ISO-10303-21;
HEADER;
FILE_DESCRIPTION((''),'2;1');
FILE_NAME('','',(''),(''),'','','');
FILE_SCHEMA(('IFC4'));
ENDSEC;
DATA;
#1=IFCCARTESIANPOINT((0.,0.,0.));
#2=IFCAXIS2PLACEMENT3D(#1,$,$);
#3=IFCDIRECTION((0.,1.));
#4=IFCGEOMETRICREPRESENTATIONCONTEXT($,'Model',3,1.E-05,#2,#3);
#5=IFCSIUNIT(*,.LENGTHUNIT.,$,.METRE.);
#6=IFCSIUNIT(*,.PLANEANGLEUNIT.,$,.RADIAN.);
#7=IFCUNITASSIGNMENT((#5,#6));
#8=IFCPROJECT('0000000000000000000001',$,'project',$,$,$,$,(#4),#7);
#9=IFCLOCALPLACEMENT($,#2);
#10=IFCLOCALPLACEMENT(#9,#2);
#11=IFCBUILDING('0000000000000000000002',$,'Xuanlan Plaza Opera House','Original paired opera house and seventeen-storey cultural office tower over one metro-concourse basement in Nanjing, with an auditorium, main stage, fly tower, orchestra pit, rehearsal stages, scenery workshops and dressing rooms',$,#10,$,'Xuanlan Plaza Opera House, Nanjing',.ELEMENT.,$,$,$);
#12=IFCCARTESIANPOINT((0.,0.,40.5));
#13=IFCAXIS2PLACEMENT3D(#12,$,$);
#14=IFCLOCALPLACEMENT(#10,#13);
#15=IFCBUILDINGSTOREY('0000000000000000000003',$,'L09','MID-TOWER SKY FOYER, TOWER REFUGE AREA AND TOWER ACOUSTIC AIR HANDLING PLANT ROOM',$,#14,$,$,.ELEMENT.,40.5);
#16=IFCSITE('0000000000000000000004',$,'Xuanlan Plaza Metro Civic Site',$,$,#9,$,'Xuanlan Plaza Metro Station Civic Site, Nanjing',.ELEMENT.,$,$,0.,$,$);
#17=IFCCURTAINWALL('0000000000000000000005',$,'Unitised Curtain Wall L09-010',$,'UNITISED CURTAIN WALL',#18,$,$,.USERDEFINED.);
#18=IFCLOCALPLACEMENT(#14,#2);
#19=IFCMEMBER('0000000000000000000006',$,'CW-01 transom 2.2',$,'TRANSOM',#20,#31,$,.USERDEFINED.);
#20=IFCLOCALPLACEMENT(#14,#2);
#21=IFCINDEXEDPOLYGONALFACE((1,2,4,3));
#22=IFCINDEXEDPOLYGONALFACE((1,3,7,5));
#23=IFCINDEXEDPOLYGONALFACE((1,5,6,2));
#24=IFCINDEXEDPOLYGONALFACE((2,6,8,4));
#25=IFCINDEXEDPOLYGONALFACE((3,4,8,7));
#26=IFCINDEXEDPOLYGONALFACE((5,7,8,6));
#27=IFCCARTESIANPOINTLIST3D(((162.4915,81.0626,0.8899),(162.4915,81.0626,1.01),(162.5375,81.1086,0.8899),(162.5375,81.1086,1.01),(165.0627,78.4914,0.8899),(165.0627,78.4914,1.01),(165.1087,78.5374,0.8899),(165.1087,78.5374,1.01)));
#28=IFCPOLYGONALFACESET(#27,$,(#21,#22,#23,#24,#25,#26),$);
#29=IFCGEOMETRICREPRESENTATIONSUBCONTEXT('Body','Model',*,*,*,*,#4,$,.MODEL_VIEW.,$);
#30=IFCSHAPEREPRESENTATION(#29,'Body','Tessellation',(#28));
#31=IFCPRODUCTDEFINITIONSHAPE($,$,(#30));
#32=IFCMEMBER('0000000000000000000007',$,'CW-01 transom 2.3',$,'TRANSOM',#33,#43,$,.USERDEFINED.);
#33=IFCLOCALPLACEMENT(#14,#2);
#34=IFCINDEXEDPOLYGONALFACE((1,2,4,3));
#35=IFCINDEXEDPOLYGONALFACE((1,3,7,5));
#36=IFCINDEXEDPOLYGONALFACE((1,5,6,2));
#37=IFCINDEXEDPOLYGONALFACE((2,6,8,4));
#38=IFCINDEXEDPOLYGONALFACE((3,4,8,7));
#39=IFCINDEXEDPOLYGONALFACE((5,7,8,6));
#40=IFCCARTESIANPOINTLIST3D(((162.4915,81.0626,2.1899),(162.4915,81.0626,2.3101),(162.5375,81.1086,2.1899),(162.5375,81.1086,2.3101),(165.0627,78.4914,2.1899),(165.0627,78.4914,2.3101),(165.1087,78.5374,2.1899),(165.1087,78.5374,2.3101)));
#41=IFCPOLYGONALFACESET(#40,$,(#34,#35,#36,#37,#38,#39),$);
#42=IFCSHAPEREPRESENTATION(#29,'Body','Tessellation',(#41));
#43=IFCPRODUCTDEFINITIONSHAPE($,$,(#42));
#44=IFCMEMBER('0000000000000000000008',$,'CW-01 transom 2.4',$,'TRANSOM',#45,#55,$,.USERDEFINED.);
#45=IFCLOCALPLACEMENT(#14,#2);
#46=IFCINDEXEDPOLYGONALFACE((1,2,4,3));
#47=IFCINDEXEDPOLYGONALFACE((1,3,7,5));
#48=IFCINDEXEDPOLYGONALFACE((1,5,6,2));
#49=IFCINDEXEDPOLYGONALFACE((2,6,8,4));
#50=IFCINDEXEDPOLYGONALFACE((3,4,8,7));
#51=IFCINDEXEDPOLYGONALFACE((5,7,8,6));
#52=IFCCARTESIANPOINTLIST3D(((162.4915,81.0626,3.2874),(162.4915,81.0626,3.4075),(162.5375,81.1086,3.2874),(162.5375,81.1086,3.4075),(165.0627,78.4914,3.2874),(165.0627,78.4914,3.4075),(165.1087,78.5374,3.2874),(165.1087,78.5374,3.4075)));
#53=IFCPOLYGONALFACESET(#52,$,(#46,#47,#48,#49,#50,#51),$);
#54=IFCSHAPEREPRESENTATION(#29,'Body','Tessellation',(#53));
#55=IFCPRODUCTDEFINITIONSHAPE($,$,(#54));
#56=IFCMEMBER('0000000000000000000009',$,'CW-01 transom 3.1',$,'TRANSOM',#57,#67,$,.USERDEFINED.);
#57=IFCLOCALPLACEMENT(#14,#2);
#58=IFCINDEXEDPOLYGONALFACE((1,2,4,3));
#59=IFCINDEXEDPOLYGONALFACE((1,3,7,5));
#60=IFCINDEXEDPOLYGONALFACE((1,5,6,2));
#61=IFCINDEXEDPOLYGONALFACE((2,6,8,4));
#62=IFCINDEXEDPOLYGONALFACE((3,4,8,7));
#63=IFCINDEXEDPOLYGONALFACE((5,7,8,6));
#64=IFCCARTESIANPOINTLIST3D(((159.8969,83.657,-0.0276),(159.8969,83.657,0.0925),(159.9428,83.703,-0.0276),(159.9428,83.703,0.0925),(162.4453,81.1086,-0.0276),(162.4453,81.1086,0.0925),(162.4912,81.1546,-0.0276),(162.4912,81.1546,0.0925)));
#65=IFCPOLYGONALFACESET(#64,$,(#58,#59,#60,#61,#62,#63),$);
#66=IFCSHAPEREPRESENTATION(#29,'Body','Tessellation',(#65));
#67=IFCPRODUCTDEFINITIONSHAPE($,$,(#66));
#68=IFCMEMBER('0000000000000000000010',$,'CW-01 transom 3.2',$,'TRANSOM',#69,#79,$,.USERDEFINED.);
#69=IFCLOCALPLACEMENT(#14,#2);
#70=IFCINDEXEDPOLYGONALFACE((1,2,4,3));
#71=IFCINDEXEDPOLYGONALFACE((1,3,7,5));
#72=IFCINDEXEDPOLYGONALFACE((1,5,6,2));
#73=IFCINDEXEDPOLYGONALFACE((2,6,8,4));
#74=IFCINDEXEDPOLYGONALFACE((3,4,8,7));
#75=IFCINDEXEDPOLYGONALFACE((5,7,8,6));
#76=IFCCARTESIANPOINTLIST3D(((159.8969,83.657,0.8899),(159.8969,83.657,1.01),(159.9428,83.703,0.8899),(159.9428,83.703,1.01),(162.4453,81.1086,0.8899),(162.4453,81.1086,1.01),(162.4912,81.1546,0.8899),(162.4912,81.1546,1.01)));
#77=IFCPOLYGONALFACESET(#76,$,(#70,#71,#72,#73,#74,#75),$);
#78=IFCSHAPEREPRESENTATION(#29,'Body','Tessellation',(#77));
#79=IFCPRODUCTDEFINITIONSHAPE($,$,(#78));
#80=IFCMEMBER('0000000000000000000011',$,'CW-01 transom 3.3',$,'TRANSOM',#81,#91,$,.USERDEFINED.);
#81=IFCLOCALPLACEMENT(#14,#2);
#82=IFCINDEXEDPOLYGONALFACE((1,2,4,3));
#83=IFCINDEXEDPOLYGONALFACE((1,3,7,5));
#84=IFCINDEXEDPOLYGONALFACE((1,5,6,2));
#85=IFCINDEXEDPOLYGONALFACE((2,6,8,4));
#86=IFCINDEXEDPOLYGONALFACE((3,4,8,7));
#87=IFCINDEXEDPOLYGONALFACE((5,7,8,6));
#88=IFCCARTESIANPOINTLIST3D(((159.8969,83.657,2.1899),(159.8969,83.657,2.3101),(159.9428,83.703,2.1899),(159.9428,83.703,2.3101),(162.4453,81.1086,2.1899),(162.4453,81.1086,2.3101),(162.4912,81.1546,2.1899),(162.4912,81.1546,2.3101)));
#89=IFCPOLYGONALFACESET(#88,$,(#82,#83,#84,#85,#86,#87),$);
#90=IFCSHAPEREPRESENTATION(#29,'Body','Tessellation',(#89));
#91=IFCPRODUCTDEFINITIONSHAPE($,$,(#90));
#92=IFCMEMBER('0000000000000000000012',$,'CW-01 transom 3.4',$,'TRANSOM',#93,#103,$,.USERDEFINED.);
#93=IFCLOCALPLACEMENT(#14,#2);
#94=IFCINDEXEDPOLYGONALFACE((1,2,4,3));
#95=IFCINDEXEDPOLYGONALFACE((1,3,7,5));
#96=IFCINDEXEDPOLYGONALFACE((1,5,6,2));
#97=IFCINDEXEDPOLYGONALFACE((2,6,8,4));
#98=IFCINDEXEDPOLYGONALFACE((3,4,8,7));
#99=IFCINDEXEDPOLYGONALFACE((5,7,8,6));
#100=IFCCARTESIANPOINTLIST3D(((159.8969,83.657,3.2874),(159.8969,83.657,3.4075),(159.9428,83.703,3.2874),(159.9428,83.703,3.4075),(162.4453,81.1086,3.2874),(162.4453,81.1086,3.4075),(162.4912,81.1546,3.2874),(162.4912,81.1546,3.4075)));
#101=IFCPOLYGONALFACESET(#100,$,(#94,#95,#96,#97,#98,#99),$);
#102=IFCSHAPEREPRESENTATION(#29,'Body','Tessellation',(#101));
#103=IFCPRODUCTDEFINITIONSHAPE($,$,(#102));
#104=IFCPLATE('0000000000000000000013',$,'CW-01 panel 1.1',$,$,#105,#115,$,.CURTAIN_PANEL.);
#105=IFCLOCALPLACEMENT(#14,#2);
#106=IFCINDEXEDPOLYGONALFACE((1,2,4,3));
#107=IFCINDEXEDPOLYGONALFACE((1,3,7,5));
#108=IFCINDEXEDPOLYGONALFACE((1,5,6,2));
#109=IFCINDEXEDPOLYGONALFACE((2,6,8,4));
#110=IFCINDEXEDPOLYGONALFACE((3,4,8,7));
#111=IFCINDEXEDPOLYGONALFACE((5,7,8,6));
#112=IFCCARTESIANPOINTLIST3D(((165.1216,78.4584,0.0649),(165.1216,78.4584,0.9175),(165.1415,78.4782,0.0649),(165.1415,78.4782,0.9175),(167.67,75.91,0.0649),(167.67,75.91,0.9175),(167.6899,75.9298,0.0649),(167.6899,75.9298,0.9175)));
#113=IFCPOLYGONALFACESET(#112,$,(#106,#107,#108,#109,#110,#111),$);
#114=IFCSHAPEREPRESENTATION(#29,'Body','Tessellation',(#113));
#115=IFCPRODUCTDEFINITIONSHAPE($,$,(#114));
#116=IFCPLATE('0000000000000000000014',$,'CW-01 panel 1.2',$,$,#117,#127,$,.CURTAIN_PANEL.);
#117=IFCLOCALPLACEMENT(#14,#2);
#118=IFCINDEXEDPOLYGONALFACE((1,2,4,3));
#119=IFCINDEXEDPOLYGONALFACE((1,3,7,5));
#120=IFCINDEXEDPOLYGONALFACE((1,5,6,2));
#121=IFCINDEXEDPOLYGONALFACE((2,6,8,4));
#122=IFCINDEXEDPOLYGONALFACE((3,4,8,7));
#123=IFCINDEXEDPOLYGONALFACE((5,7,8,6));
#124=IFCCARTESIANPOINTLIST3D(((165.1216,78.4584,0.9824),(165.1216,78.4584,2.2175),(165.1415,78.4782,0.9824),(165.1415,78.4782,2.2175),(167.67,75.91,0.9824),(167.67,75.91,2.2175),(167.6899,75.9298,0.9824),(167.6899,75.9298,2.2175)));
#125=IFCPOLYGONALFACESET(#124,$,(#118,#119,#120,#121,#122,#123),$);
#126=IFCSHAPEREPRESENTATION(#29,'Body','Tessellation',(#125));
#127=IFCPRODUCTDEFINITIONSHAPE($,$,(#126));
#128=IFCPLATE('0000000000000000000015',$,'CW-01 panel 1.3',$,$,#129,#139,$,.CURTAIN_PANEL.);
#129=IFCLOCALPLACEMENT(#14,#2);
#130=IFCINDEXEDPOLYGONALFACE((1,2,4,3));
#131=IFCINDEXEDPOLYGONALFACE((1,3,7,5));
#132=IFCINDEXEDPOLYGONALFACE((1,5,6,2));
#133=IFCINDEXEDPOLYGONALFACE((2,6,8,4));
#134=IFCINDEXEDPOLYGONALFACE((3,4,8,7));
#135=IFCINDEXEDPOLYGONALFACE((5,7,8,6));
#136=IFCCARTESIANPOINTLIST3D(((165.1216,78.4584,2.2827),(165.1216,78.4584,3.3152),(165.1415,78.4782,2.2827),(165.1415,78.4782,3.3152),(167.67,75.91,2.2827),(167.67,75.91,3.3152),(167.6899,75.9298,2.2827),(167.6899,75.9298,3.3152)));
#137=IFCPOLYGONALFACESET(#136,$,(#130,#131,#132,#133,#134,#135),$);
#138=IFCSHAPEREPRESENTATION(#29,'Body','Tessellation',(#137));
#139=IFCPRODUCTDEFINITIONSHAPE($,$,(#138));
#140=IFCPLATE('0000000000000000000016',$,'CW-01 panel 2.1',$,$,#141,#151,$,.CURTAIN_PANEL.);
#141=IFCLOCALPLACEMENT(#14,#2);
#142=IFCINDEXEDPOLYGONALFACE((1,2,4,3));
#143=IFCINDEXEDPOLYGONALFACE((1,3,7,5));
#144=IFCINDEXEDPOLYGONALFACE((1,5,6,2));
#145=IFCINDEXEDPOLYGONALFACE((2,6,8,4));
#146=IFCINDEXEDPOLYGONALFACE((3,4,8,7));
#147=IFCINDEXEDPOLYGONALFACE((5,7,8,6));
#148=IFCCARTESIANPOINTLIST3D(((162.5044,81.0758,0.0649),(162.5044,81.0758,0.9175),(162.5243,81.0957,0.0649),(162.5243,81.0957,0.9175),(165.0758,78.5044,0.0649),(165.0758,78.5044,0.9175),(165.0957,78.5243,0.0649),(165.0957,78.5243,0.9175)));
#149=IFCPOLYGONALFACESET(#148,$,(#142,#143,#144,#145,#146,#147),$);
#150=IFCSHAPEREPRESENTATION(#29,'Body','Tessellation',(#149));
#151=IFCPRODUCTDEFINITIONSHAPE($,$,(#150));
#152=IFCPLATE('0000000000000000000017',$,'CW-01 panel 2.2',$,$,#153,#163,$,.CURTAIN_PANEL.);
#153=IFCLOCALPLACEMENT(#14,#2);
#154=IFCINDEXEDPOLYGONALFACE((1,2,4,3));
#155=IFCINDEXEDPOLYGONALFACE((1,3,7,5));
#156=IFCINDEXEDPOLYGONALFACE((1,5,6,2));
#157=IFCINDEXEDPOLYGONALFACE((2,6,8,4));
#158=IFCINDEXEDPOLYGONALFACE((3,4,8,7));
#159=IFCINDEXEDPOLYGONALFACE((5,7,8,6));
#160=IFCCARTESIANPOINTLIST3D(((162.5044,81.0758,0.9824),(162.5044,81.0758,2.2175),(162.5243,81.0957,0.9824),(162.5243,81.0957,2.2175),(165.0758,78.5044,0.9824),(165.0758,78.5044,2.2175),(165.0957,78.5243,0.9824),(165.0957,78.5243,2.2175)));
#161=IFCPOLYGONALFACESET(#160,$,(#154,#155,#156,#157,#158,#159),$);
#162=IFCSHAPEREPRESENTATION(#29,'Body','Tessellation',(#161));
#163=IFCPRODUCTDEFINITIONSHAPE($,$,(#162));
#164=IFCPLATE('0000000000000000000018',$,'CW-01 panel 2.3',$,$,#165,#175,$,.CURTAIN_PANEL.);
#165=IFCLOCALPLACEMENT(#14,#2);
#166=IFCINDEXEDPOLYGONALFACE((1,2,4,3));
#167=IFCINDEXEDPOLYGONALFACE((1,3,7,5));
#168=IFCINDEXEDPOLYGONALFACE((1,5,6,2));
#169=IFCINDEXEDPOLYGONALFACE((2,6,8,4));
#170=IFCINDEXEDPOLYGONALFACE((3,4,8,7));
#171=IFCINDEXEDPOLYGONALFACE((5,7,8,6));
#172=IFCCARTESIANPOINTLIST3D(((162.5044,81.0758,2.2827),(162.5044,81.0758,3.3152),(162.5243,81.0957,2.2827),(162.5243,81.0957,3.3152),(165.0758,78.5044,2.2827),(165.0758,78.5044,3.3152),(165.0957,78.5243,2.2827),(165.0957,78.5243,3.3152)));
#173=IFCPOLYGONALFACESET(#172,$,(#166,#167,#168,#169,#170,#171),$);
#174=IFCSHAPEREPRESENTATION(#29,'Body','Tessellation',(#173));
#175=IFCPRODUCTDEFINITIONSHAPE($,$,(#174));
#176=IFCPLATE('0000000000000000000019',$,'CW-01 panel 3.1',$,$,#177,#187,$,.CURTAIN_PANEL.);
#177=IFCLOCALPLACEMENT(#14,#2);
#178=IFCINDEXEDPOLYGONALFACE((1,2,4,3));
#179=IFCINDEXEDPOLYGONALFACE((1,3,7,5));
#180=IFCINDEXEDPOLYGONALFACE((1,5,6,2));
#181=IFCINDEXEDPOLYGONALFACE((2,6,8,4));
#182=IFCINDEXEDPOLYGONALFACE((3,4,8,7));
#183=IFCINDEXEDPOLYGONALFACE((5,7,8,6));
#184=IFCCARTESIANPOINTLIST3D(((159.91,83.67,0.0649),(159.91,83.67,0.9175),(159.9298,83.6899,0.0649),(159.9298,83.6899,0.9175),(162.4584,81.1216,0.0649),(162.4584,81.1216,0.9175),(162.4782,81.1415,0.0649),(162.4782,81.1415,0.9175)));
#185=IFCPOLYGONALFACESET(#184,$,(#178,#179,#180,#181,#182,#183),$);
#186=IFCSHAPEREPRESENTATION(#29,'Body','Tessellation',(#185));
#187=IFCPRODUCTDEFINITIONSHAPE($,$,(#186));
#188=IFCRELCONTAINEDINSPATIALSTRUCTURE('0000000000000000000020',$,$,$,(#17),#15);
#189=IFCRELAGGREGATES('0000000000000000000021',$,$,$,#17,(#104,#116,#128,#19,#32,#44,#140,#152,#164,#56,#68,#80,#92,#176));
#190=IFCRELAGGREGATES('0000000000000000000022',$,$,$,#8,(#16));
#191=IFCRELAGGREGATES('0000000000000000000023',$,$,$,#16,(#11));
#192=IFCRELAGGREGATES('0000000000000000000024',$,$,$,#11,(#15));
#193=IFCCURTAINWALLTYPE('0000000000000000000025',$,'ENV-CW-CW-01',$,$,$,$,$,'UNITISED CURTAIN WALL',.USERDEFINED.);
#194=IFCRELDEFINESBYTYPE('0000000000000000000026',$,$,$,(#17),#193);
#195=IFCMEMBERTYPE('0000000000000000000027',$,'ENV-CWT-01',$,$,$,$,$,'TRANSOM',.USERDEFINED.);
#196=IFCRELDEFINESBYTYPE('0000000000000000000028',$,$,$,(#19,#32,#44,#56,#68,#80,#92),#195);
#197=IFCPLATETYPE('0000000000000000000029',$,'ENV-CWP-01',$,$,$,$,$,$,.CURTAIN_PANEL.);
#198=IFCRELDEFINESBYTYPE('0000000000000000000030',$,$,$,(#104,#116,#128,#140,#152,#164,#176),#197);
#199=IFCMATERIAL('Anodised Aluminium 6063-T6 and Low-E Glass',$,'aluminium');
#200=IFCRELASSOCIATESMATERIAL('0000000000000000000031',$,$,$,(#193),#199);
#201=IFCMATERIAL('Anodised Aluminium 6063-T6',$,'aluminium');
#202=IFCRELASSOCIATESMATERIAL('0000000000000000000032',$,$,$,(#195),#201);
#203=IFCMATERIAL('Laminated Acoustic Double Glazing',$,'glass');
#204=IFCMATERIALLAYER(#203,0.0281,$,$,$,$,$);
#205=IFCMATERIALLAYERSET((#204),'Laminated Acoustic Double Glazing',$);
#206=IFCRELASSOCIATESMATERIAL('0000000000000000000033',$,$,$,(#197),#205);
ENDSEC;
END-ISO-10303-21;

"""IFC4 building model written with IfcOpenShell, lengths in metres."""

from ifc_helpers import new_model, si_unit, direction, frame, origin, origin_2d, place, context, subcontext, project, spatial, rectangle, extrude, material, layer, layer_set, material_profile, profile_set, type_object, element, aggregate, save


model = new_model("IFC4")

# Units and contexts
model_context = context("Model", 3, precision=1e-05, world=origin(), true_north=direction((0.0, 1.0)))
body_context = subcontext(model_context, "Body", "Model", "MODEL_VIEW")
ifc_project = project(units=[si_unit("LENGTHUNIT", "METRE"), si_unit("PLANEANGLEUNIT", "RADIAN")], contexts=[model_context])

# Site, building, storey
site_placement = place(None, origin())
site = spatial("IfcSite", under=ifc_project, at=site_placement, Name="Xuanlan Plaza Metro Civic Site", LongName="Xuanlan Plaza Metro Station Civic Site, Nanjing", CompositionType="ELEMENT", RefElevation=0.0)
building_placement = place(site_placement, origin())
building = spatial("IfcBuilding", under=site, at=building_placement, Name="Xuanlan Plaza Opera House", Description="Original paired opera house and seventeen-storey cultural office tower over one metro-concourse basement in Nanjing, with an auditorium, main stage, fly tower, orchestra pit, rehearsal stages, scenery workshops and dressing rooms", LongName="Xuanlan Plaza Opera House, Nanjing", CompositionType="ELEMENT")
storey_placement = place(building_placement, frame((0.0, 0.0, 40.5)))
storey = spatial("IfcBuildingStorey", under=building, at=storey_placement, Name="L09", Description="MID-TOWER SKY FOYER, TOWER REFUGE AREA AND TOWER ACOUSTIC AIR HANDLING PLANT ROOM", CompositionType="ELEMENT", Elevation=40.5)

# Curtain wall
ifc_material_1 = material(Name="Anodised Aluminium 6063-T6 and Low-E Glass", Category="aluminium")
curtain_wall_type_1 = type_object("IfcCurtainWallType", Name="ENV-CW-CW-01", ElementType="UNITISED CURTAIN WALL", PredefinedType="USERDEFINED", material=ifc_material_1)
curtain_wall_1_placement = place(storey_placement, origin())
curtain_wall_1 = element("IfcCurtainWall", 1, at=curtain_wall_1_placement, inside=storey, type_object=curtain_wall_type_1, Name="Unitised Curtain Wall L09-010", ObjectType="UNITISED CURTAIN WALL", PredefinedType="USERDEFINED")
ifc_material_2 = material(Name="Anodised Aluminium 6063-T6", Category="aluminium")

# Members
ifc_material_profile_1 = material_profile(ifc_material_2, rectangle(XDim=0.0649, YDim=0.1201, at=origin_2d()), Name="ALU-T 65x120")
ifc_profile_set_1 = profile_set([ifc_material_profile_1], Name="Anodised Aluminium 6063-T6")
member_type_1 = type_object("IfcMemberType", Name="ENV-CWT-01", ElementType="TRANSOM", PredefinedType="USERDEFINED", material=ifc_profile_set_1)
member_1_placement = place(storey_placement, frame((165.0857, 78.5144, 0.95), z_axis=(-0.707107, 0.707107, 0.0), x_axis=(-0.707107, -0.707107, 0.0)))
member_1 = element("IfcMember", 2, at=member_1_placement, type_object=member_type_1, Name="CW-01 transom 2.2", ObjectType="TRANSOM", PredefinedType="USERDEFINED", context=body_context, shape_type="SweptSolid", body=[
    extrude(rectangle(XDim=0.0649, YDim=0.1201, at=origin_2d()), origin(), (0.0, 0.0, 1.0), 3.6362),
])
member_2_placement = place(storey_placement, frame((165.0857, 78.5144, 2.25), z_axis=(-0.707107, 0.707107, 0.0), x_axis=(-0.707107, -0.707107, 0.0)))
member_2 = element("IfcMember", 3, at=member_2_placement, type_object=member_type_1, Name="CW-01 transom 2.3", ObjectType="TRANSOM", PredefinedType="USERDEFINED", context=body_context, shape_type="SweptSolid", body=[
    extrude(rectangle(XDim=0.0649, YDim=0.1201, at=origin_2d()), origin(), (0.0, 0.0, 1.0), 3.6362),
])
member_3_placement = place(storey_placement, frame((165.0857, 78.5144, 3.3474), z_axis=(-0.707107, 0.707107, 0.0), x_axis=(-0.707107, -0.707107, 0.0)))
member_3 = element("IfcMember", 4, at=member_3_placement, type_object=member_type_1, Name="CW-01 transom 2.4", ObjectType="TRANSOM", PredefinedType="USERDEFINED", context=body_context, shape_type="SweptSolid", body=[
    extrude(rectangle(XDim=0.0649, YDim=0.1201, at=origin_2d()), origin(), (0.0, 0.0, 1.0), 3.6362),
])
member_4_placement = place(storey_placement, frame((162.4683, 81.1316, 0.0325), z_axis=(-0.707107, 0.707107, 0.0), x_axis=(-0.707107, -0.707107, 0.0)))
member_4 = element("IfcMember", 5, at=member_4_placement, type_object=member_type_1, Name="CW-01 transom 3.1", ObjectType="TRANSOM", PredefinedType="USERDEFINED", context=body_context, shape_type="SweptSolid", body=[
    extrude(rectangle(XDim=0.0649, YDim=0.1201, at=origin_2d()), origin(), (0.0, 0.0, 1.0), 3.604),
])
member_5_placement = place(storey_placement, frame((162.4683, 81.1316, 0.95), z_axis=(-0.707107, 0.707107, 0.0), x_axis=(-0.707107, -0.707107, 0.0)))
member_5 = element("IfcMember", 6, at=member_5_placement, type_object=member_type_1, Name="CW-01 transom 3.2", ObjectType="TRANSOM", PredefinedType="USERDEFINED", context=body_context, shape_type="SweptSolid", body=[
    extrude(rectangle(XDim=0.0649, YDim=0.1201, at=origin_2d()), origin(), (0.0, 0.0, 1.0), 3.604),
])
member_6_placement = place(storey_placement, frame((162.4683, 81.1316, 2.25), z_axis=(-0.707107, 0.707107, 0.0), x_axis=(-0.707107, -0.707107, 0.0)))
member_6 = element("IfcMember", 7, at=member_6_placement, type_object=member_type_1, Name="CW-01 transom 3.3", ObjectType="TRANSOM", PredefinedType="USERDEFINED", context=body_context, shape_type="SweptSolid", body=[
    extrude(rectangle(XDim=0.0649, YDim=0.1201, at=origin_2d()), origin(), (0.0, 0.0, 1.0), 3.604),
])
member_7_placement = place(storey_placement, frame((162.4683, 81.1316, 3.3474), z_axis=(-0.707107, 0.707107, 0.0), x_axis=(-0.707107, -0.707107, 0.0)))
member_7 = element("IfcMember", 8, at=member_7_placement, type_object=member_type_1, Name="CW-01 transom 3.4", ObjectType="TRANSOM", PredefinedType="USERDEFINED", context=body_context, shape_type="SweptSolid", body=[
    extrude(rectangle(XDim=0.0649, YDim=0.1201, at=origin_2d()), origin(), (0.0, 0.0, 1.0), 3.604),
])

# Plates
ifc_material_3 = material(Name="Laminated Acoustic Double Glazing", Category="glass")
ifc_layer = layer(ifc_material_3, 0.0281)
ifc_layer_set = layer_set([ifc_layer], Name="Laminated Acoustic Double Glazing")
plate_type = type_object("IfcPlateType", Name="ENV-CWP-01", PredefinedType="CURTAIN_PANEL", material=ifc_layer_set)
plate_1_placement = place(storey_placement, frame((166.4058, 77.1941, 0.0649), z_axis=(0.0, 0.0, 1.0), x_axis=(-0.707107, 0.707107, 0.0)))
plate_1 = element("IfcPlate", 9, at=plate_1_placement, type_object=plate_type, Name="CW-01 panel 1.1", PredefinedType="CURTAIN_PANEL", context=body_context, shape_type="SweptSolid", body=[
    extrude(rectangle(XDim=3.604, YDim=0.0281, at=origin_2d()), origin(), (0.0, 0.0, 1.0), 0.8525),
])
plate_2_placement = place(storey_placement, frame((166.4058, 77.1941, 0.9824), z_axis=(0.0, 0.0, 1.0), x_axis=(-0.707107, 0.707107, 0.0)))
plate_2 = element("IfcPlate", 10, at=plate_2_placement, type_object=plate_type, Name="CW-01 panel 1.2", PredefinedType="CURTAIN_PANEL", context=body_context, shape_type="SweptSolid", body=[
    extrude(rectangle(XDim=3.604, YDim=0.0281, at=origin_2d()), origin(), (0.0, 0.0, 1.0), 1.2351),
])
plate_3_placement = place(storey_placement, frame((166.4058, 77.1941, 2.2827), z_axis=(0.0, 0.0, 1.0), x_axis=(-0.707107, 0.707107, 0.0)))
plate_3 = element("IfcPlate", 11, at=plate_3_placement, type_object=plate_type, Name="CW-01 panel 1.3", PredefinedType="CURTAIN_PANEL", context=body_context, shape_type="SweptSolid", body=[
    extrude(rectangle(XDim=3.604, YDim=0.0281, at=origin_2d()), origin(), (0.0, 0.0, 1.0), 1.0325),
])
plate_4_placement = place(storey_placement, frame((163.8, 79.8, 0.0649), z_axis=(0.0, 0.0, 1.0), x_axis=(-0.707107, 0.707107, 0.0)))
plate_4 = element("IfcPlate", 12, at=plate_4_placement, type_object=plate_type, Name="CW-01 panel 2.1", PredefinedType="CURTAIN_PANEL", context=body_context, shape_type="SweptSolid", body=[
    extrude(rectangle(XDim=3.6365, YDim=0.0281, at=origin_2d()), origin(), (0.0, 0.0, 1.0), 0.8525),
])
plate_5_placement = place(storey_placement, frame((163.8, 79.8, 0.9824), z_axis=(0.0, 0.0, 1.0), x_axis=(-0.707107, 0.707107, 0.0)))
plate_5 = element("IfcPlate", 13, at=plate_5_placement, type_object=plate_type, Name="CW-01 panel 2.2", PredefinedType="CURTAIN_PANEL", context=body_context, shape_type="SweptSolid", body=[
    extrude(rectangle(XDim=3.6365, YDim=0.0281, at=origin_2d()), origin(), (0.0, 0.0, 1.0), 1.2351),
])
plate_6_placement = place(storey_placement, frame((163.8, 79.8, 2.2827), z_axis=(0.0, 0.0, 1.0), x_axis=(-0.707107, 0.707107, 0.0)))
plate_6 = element("IfcPlate", 14, at=plate_6_placement, type_object=plate_type, Name="CW-01 panel 2.3", PredefinedType="CURTAIN_PANEL", context=body_context, shape_type="SweptSolid", body=[
    extrude(rectangle(XDim=3.6365, YDim=0.0281, at=origin_2d()), origin(), (0.0, 0.0, 1.0), 1.0325),
])
plate_7_placement = place(storey_placement, frame((161.1941, 82.4058, 0.0649), z_axis=(0.0, 0.0, 1.0), x_axis=(-0.707107, 0.707107, 0.0)))
plate_7 = element("IfcPlate", 15, at=plate_7_placement, type_object=plate_type, Name="CW-01 panel 3.1", PredefinedType="CURTAIN_PANEL", context=body_context, shape_type="SweptSolid", body=[
    extrude(rectangle(XDim=3.604, YDim=0.0281, at=origin_2d()), origin(), (0.0, 0.0, 1.0), 0.8525),
])
aggregate(curtain_wall_1, [plate_1, plate_2, plate_3, member_1, member_2, member_3, plate_4, plate_5, plate_6, member_4, member_5, member_6, member_7, plate_7])

save(model, "model.ifc")
